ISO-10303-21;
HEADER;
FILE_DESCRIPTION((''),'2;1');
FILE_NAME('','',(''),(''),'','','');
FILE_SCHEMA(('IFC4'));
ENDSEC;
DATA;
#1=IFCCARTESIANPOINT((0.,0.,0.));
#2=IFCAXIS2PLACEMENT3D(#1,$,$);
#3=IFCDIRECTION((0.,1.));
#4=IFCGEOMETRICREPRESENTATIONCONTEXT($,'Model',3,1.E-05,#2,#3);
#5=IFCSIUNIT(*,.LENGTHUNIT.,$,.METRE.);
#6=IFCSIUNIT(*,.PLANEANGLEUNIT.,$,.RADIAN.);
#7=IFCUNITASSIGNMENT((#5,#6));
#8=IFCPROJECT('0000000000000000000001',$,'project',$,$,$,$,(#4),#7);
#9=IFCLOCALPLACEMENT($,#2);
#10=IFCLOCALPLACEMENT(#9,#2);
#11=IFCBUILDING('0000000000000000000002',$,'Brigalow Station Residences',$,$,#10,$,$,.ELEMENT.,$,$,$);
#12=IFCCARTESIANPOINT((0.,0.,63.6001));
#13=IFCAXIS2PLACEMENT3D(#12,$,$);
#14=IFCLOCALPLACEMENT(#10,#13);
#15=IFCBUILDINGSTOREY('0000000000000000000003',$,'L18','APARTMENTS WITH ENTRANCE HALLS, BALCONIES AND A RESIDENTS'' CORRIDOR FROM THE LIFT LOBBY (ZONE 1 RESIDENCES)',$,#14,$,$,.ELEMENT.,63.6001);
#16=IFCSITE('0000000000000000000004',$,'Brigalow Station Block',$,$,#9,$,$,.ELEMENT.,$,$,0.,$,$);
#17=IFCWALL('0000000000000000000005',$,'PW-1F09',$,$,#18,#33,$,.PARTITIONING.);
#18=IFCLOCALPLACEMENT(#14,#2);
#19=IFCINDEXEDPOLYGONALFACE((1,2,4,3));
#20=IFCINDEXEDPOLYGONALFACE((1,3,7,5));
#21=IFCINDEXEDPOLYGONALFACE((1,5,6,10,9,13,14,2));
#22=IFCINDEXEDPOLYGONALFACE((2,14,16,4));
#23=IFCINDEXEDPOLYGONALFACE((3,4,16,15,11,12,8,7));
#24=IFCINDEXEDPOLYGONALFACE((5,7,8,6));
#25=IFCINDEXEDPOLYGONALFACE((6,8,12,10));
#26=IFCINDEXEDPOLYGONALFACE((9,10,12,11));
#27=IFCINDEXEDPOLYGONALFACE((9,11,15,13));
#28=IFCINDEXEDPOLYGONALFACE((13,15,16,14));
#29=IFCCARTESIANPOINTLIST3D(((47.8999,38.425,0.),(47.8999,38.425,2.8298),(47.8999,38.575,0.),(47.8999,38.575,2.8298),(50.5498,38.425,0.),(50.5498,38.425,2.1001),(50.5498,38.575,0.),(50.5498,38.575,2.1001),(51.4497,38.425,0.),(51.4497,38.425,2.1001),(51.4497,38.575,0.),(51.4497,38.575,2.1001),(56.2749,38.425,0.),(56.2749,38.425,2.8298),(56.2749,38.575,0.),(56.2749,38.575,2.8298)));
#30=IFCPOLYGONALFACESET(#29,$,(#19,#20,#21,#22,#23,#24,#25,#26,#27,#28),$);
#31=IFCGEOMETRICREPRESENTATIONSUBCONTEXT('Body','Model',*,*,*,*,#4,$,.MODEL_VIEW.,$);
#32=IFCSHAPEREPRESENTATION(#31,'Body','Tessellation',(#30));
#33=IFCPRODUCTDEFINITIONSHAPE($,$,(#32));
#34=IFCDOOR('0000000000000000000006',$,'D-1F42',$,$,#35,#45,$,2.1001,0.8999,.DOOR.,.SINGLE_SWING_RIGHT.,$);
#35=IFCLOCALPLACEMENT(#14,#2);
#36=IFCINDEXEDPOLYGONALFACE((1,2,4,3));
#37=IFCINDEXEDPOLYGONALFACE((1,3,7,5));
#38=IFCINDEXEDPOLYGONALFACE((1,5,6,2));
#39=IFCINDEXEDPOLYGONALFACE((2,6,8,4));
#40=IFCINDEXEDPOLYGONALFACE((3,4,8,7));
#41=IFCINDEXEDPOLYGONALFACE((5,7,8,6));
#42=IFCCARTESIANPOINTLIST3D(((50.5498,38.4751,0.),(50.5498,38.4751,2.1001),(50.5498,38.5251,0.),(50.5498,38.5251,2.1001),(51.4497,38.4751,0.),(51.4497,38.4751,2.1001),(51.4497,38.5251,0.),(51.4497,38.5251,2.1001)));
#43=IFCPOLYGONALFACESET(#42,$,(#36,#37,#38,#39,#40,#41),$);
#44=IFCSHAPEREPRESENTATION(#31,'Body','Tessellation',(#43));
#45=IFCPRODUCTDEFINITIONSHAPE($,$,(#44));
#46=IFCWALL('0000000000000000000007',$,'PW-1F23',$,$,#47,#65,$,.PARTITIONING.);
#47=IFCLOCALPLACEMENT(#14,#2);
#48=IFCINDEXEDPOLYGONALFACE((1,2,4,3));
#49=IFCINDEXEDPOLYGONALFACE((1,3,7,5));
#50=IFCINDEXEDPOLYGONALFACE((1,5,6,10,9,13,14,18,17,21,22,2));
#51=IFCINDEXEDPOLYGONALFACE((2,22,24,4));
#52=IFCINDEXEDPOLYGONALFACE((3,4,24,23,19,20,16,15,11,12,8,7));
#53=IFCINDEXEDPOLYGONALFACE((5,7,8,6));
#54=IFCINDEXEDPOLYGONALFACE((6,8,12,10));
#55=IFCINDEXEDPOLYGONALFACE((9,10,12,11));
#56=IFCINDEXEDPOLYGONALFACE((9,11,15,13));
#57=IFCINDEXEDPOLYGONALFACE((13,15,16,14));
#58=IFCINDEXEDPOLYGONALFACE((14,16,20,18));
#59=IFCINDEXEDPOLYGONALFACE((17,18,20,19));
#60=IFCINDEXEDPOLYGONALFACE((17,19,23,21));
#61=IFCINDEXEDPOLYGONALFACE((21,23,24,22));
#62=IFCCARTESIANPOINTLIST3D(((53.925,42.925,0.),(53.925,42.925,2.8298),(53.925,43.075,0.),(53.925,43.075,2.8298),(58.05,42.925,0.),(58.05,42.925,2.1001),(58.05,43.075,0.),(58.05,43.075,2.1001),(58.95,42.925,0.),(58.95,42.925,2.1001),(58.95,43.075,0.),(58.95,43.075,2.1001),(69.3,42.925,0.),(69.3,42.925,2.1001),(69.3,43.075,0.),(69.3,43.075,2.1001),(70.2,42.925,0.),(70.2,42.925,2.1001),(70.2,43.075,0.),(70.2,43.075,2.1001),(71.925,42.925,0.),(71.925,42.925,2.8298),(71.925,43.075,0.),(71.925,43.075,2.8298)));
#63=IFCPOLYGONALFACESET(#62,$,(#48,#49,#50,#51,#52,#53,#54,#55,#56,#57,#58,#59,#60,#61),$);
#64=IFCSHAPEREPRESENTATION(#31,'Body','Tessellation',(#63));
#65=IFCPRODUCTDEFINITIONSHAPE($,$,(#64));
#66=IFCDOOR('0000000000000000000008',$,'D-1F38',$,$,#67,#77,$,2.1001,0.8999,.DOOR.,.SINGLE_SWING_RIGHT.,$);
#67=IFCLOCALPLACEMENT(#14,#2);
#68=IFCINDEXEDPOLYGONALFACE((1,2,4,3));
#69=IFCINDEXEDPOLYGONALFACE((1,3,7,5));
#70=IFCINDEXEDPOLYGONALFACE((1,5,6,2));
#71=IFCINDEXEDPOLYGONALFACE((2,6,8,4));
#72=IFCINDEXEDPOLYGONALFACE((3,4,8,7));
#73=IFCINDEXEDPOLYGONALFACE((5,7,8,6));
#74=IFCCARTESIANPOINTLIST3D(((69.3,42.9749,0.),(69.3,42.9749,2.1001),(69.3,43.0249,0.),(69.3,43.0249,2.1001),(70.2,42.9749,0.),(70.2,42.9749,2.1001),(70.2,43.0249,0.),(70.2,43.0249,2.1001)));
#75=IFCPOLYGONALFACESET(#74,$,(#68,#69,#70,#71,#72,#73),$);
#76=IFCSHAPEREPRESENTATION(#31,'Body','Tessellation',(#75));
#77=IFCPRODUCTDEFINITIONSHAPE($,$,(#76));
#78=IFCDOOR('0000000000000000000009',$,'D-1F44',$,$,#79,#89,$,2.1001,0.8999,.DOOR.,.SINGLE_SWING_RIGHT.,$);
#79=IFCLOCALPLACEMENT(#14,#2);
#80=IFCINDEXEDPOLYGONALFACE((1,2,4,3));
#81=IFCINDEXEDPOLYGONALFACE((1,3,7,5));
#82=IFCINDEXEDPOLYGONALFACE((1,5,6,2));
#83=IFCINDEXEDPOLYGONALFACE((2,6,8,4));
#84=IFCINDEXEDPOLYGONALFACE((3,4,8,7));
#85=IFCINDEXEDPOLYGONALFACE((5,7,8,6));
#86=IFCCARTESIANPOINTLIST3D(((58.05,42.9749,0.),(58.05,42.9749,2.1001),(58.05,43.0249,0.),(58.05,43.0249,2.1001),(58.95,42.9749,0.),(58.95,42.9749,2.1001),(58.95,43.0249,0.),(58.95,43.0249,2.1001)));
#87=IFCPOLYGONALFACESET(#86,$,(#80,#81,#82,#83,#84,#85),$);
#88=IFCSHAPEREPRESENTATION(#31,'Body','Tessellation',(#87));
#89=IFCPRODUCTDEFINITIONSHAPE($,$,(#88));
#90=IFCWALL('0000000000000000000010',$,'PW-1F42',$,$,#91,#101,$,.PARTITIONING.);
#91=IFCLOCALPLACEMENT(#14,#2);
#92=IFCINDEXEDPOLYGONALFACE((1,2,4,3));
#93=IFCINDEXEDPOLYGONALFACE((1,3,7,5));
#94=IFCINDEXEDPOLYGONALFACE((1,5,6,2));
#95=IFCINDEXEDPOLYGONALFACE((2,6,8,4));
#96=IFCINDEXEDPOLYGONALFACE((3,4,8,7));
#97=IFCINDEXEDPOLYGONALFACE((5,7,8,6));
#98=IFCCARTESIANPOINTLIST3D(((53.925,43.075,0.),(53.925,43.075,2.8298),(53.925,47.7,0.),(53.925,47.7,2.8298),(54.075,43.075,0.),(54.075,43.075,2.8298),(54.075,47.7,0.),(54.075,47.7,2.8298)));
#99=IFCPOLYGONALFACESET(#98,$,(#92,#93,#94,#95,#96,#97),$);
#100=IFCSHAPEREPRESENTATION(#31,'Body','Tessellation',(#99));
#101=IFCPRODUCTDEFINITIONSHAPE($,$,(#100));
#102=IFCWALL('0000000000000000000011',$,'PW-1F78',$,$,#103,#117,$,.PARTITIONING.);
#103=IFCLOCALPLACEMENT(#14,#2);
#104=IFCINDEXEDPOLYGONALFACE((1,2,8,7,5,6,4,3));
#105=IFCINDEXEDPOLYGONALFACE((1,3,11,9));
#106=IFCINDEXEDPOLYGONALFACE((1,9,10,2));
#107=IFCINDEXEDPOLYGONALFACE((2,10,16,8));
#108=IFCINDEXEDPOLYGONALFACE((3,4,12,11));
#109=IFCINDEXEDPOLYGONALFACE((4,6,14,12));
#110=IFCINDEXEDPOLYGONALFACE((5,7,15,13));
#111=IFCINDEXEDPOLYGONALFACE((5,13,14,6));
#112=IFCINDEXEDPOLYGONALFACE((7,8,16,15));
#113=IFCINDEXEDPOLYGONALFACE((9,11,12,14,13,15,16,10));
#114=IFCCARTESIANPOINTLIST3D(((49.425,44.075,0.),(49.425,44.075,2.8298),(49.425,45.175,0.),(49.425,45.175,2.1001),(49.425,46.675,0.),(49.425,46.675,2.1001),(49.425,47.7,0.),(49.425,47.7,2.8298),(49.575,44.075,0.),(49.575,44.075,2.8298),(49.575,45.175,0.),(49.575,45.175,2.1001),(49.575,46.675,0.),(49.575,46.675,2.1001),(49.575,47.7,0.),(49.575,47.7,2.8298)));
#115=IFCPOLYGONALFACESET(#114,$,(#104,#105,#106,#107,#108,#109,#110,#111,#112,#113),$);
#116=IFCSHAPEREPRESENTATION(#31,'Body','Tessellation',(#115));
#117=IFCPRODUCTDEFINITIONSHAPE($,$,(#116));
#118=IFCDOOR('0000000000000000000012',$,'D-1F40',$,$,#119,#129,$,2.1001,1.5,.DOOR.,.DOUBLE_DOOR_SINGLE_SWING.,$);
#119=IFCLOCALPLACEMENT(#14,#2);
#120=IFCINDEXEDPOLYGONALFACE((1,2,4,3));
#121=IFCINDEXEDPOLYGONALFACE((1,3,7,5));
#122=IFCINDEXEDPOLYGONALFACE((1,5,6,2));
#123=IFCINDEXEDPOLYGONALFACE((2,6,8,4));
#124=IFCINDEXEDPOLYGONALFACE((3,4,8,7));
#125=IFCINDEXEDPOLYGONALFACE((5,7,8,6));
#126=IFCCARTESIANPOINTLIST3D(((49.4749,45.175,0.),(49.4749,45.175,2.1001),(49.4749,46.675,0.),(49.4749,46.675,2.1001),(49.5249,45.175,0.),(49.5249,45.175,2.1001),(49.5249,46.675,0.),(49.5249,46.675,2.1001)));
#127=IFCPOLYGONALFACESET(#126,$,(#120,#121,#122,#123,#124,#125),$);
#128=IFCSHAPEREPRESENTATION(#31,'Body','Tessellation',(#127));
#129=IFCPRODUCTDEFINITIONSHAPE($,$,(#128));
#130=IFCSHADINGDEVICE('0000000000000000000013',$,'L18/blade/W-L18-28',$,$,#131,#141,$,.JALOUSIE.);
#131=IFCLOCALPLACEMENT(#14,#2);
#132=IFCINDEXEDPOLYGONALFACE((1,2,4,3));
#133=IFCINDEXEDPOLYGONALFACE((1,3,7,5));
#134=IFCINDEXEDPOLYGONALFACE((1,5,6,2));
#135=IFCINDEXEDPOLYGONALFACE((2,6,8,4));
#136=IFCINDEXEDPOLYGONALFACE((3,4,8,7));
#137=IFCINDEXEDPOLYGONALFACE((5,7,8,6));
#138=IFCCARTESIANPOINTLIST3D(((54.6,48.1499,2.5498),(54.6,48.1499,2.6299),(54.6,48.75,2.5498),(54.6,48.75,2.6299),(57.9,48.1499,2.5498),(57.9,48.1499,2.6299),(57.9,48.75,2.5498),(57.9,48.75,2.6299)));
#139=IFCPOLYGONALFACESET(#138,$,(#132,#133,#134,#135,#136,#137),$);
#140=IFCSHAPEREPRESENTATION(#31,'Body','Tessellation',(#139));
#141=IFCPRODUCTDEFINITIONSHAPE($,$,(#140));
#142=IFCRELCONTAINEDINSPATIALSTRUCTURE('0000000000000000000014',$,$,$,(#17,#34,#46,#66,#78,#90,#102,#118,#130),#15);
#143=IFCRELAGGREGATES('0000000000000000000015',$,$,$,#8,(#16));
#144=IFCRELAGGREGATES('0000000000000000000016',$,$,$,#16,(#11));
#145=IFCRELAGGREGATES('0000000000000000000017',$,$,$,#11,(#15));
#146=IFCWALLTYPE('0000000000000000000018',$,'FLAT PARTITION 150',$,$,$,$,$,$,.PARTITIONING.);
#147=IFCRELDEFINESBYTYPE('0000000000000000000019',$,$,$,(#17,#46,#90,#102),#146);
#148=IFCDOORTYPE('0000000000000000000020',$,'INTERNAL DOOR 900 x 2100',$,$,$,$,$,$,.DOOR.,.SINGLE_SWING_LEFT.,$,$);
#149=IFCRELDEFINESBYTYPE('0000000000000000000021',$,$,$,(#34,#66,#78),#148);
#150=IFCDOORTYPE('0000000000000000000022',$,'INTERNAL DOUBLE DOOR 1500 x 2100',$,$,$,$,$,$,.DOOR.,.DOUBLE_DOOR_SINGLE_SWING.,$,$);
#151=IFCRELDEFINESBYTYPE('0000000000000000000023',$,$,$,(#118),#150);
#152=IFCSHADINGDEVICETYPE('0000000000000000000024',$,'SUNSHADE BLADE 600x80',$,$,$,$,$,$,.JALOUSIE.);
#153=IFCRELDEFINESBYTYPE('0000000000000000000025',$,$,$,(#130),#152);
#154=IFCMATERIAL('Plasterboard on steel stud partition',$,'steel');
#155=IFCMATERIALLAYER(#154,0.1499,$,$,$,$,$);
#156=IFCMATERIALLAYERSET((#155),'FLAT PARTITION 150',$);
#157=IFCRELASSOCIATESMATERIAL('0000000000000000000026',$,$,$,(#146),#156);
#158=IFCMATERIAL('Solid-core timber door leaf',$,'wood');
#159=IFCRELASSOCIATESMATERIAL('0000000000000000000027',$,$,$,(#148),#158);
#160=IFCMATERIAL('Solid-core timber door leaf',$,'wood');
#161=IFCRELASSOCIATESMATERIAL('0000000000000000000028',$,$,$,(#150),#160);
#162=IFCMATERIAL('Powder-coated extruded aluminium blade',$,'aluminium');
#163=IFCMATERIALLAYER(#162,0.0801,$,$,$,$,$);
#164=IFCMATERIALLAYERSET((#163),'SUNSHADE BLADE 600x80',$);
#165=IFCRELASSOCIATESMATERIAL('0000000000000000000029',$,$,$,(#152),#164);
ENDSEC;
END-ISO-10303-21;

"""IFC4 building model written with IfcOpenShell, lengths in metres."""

from ifc_helpers import new_model, si_unit, direction, frame, frame_2d, origin, origin_2d, place, context, subcontext, project, spatial, rectangle, extrude, material, layer, layer_set, type_object, element, fill, save


model = new_model("IFC4")

# Units and contexts
model_context = context("Model", 3, precision=1e-05, world=origin(), true_north=direction((0.0, 1.0)))
body_context = subcontext(model_context, "Body", "Model", "MODEL_VIEW")
ifc_project = project(units=[si_unit("LENGTHUNIT", "METRE"), si_unit("PLANEANGLEUNIT", "RADIAN")], contexts=[model_context])

# Site, building, storey
site_placement = place(None, origin())
site = spatial("IfcSite", under=ifc_project, at=site_placement, Name="Brigalow Station Block", CompositionType="ELEMENT", RefElevation=0.0)
building_placement = place(site_placement, origin())
building = spatial("IfcBuilding", under=site, at=building_placement, Name="Brigalow Station Residences", CompositionType="ELEMENT")
storey_placement = place(building_placement, frame((0.0, 0.0, 63.6001)))
storey = spatial("IfcBuildingStorey", under=building, at=storey_placement, Name="L18", Description="APARTMENTS WITH ENTRANCE HALLS, BALCONIES AND A RESIDENTS' CORRIDOR FROM THE LIFT LOBBY (ZONE 1 RESIDENCES)", CompositionType="ELEMENT", Elevation=63.6001)

# Wall, opening, door
ifc_material_1 = material(Name="Plasterboard on steel stud partition", Category="steel")
ifc_layer_1 = layer(ifc_material_1, 0.1499)
ifc_layer_set_1 = layer_set([ifc_layer_1], Name="FLAT PARTITION 150")
wall_type_1 = type_object("IfcWallType", Name="FLAT PARTITION 150", PredefinedType="PARTITIONING", material=ifc_layer_set_1)
wall_1_placement = place(storey_placement, frame((47.8999, 38.5, 0.0), z_axis=(0.0, 0.0, 1.0), x_axis=(1.0, 0.0, 0.0)))
wall_1 = element("IfcWall", 1, at=wall_1_placement, inside=storey, type_object=wall_type_1, Name="PW-1F09", PredefinedType="PARTITIONING", context=body_context, shape_type="SweptSolid", body=[
    extrude(rectangle(XDim=8.375, YDim=0.1499, at=frame_2d((4.1875, 0.0))), origin(), (0.0, 0.0, 1.0), 2.8298),
])
opening_1_placement = place(wall_1_placement, frame((2.6499, 0.0, 0.0)))
opening_1 = element("IfcOpeningElement", 2, at=opening_1_placement, cuts=wall_1, PredefinedType="OPENING", context=body_context, shape_type="SweptSolid", body=[
    extrude(rectangle(XDim=0.8999, YDim=2.1001, at=frame_2d((0.45, 1.05))), frame((0.0, 0.085, 0.0), z_axis=(0.0, -1.0, 0.0), x_axis=(1.0, 0.0, 0.0)), (0.0, 0.0, 1.0), 0.1699),
])
ifc_material_2 = material(Name="Solid-core timber door leaf", Category="wood")
door_type_1 = type_object("IfcDoorType", Name="INTERNAL DOOR 900 x 2100", OperationType="SINGLE_SWING_LEFT", PredefinedType="DOOR", material=ifc_material_2)
door_1_placement = place(opening_1_placement, frame((0.8999, 0.0, 0.0), z_axis=(0.0, 0.0, 1.0), x_axis=(-1.0, 0.0, 0.0)))
door_1 = element("IfcDoor", 3, at=door_1_placement, inside=storey, type_object=door_type_1, Name="D-1F42", OperationType="SINGLE_SWING_RIGHT", OverallHeight=2.1001, OverallWidth=0.8999, PredefinedType="DOOR", context=body_context, shape_type="SweptSolid", body=[
    extrude(rectangle(XDim=0.8999, YDim=2.1001, at=frame_2d((0.45, 1.05))), frame((0.0, 0.0249, 0.0), z_axis=(0.0, -1.0, 0.0), x_axis=(1.0, 0.0, 0.0)), (0.0, 0.0, 1.0), 0.05),
])
fill(opening_1, door_1)

# Wall, openings, doors
wall_2_placement = place(storey_placement, frame((53.925, 43.0, 0.0), z_axis=(0.0, 0.0, 1.0), x_axis=(1.0, 0.0, 0.0)))
wall_2 = element("IfcWall", 4, at=wall_2_placement, inside=storey, type_object=wall_type_1, Name="PW-1F23", PredefinedType="PARTITIONING", context=body_context, shape_type="SweptSolid", body=[
    extrude(rectangle(XDim=18.0, YDim=0.1499, at=frame_2d((9.0, 0.0))), origin(), (0.0, 0.0, 1.0), 2.8298),
])
opening_2_placement = place(wall_2_placement, frame((15.375, 0.0, 0.0)))
opening_2 = element("IfcOpeningElement", 5, at=opening_2_placement, cuts=wall_2, PredefinedType="OPENING", context=body_context, shape_type="SweptSolid", body=[
    extrude(rectangle(XDim=0.8999, YDim=2.1001, at=frame_2d((0.45, 1.05))), frame((0.0, 0.085, 0.0), z_axis=(0.0, -1.0, 0.0), x_axis=(1.0, 0.0, 0.0)), (0.0, 0.0, 1.0), 0.1699),
])
opening_3_placement = place(wall_2_placement, frame((4.125, 0.0, 0.0)))
opening_3 = element("IfcOpeningElement", 6, at=opening_3_placement, cuts=wall_2, PredefinedType="OPENING", context=body_context, shape_type="SweptSolid", body=[
    extrude(rectangle(XDim=0.8999, YDim=2.1001, at=frame_2d((0.45, 1.05))), frame((0.0, 0.085, 0.0), z_axis=(0.0, -1.0, 0.0), x_axis=(1.0, 0.0, 0.0)), (0.0, 0.0, 1.0), 0.1699),
])
door_2_placement = place(opening_2_placement, origin())
door_2 = element("IfcDoor", 7, at=door_2_placement, inside=storey, type_object=door_type_1, Name="D-1F38", OperationType="SINGLE_SWING_RIGHT", OverallHeight=2.1001, OverallWidth=0.8999, PredefinedType="DOOR", context=body_context, shape_type="SweptSolid", body=[
    extrude(rectangle(XDim=0.8999, YDim=2.1001, at=frame_2d((0.45, 1.05))), frame((0.0, 0.0249, 0.0), z_axis=(0.0, -1.0, 0.0), x_axis=(1.0, 0.0, 0.0)), (0.0, 0.0, 1.0), 0.05),
])
fill(opening_2, door_2)
door_3_placement = place(opening_3_placement, origin())
door_3 = element("IfcDoor", 8, at=door_3_placement, inside=storey, type_object=door_type_1, Name="D-1F44", OperationType="SINGLE_SWING_RIGHT", OverallHeight=2.1001, OverallWidth=0.8999, PredefinedType="DOOR", context=body_context, shape_type="SweptSolid", body=[
    extrude(rectangle(XDim=0.8999, YDim=2.1001, at=frame_2d((0.45, 1.05))), frame((0.0, 0.0249, 0.0), z_axis=(0.0, -1.0, 0.0), x_axis=(1.0, 0.0, 0.0)), (0.0, 0.0, 1.0), 0.05),
])
fill(opening_3, door_3)

# Wall
wall_3_placement = place(storey_placement, frame((54.0, 43.075, 0.0), z_axis=(0.0, 0.0, 1.0), x_axis=(0.0, 1.0, 0.0)))
element("IfcWall", 9, at=wall_3_placement, inside=storey, type_object=wall_type_1, Name="PW-1F42", PredefinedType="PARTITIONING", context=body_context, shape_type="SweptSolid", body=[
    extrude(rectangle(XDim=4.625, YDim=0.1499, at=frame_2d((2.3125, 0.0))), origin(), (0.0, 0.0, 1.0), 2.8298),
])

# Wall, opening, door
wall_4_placement = place(storey_placement, frame((49.5, 44.075, 0.0), z_axis=(0.0, 0.0, 1.0), x_axis=(0.0, 1.0, 0.0)))
wall_4 = element("IfcWall", 10, at=wall_4_placement, inside=storey, type_object=wall_type_1, Name="PW-1F78", PredefinedType="PARTITIONING", context=body_context, shape_type="SweptSolid", body=[
    extrude(rectangle(XDim=3.625, YDim=0.1499, at=frame_2d((1.8125, 0.0))), origin(), (0.0, 0.0, 1.0), 2.8298),
])
opening_4_placement = place(wall_4_placement, frame((1.1001, 0.0, 0.0)))
opening_4 = element("IfcOpeningElement", 11, at=opening_4_placement, cuts=wall_4, PredefinedType="OPENING", context=body_context, shape_type="SweptSolid", body=[
    extrude(rectangle(XDim=1.5, YDim=2.1001, at=frame_2d((0.75, 1.05))), frame((0.0, 0.085, 0.0), z_axis=(0.0, -1.0, 0.0), x_axis=(1.0, 0.0, 0.0)), (0.0, 0.0, 1.0), 0.1699),
])
ifc_material_3 = material(Name="Solid-core timber door leaf", Category="wood")
door_type_2 = type_object("IfcDoorType", Name="INTERNAL DOUBLE DOOR 1500 x 2100", OperationType="DOUBLE_DOOR_SINGLE_SWING", PredefinedType="DOOR", material=ifc_material_3)
door_4_placement = place(opening_4_placement, frame((1.5, 0.0, 0.0), z_axis=(0.0, 0.0, 1.0), x_axis=(-1.0, 0.0, 0.0)))
door_4 = element("IfcDoor", 12, at=door_4_placement, inside=storey, type_object=door_type_2, Name="D-1F40", OperationType="DOUBLE_DOOR_SINGLE_SWING", OverallHeight=2.1001, OverallWidth=1.5, PredefinedType="DOOR", context=body_context, shape_type="SweptSolid", body=[
    extrude(rectangle(XDim=1.5, YDim=2.1001, at=frame_2d((0.75, 1.05))), frame((0.0, 0.0249, 0.0), z_axis=(0.0, -1.0, 0.0), x_axis=(1.0, 0.0, 0.0)), (0.0, 0.0, 1.0), 0.05),
])
fill(opening_4, door_4)

# Shading device
ifc_material_4 = material(Name="Powder-coated extruded aluminium blade", Category="aluminium")
ifc_layer_2 = layer(ifc_material_4, 0.0801)
ifc_layer_set_2 = layer_set([ifc_layer_2], Name="SUNSHADE BLADE 600x80")
shading_device_type = type_object("IfcShadingDeviceType", Name="SUNSHADE BLADE 600x80", PredefinedType="JALOUSIE", material=ifc_layer_set_2)
shading_device_placement = place(storey_placement, frame((56.25, 48.45, 2.5498), z_axis=(0.0, 0.0, 1.0), x_axis=(-1.0, 0.0, 0.0)))
element("IfcShadingDevice", 13, at=shading_device_placement, inside=storey, type_object=shading_device_type, Name="L18/blade/W-L18-28", PredefinedType="JALOUSIE", context=body_context, shape_type="SweptSolid", body=[
    extrude(rectangle(XDim=3.3, YDim=0.6001, at=origin_2d()), origin(), (0.0, 0.0, 1.0), 0.0801),
])

save(model, "model.ifc")
